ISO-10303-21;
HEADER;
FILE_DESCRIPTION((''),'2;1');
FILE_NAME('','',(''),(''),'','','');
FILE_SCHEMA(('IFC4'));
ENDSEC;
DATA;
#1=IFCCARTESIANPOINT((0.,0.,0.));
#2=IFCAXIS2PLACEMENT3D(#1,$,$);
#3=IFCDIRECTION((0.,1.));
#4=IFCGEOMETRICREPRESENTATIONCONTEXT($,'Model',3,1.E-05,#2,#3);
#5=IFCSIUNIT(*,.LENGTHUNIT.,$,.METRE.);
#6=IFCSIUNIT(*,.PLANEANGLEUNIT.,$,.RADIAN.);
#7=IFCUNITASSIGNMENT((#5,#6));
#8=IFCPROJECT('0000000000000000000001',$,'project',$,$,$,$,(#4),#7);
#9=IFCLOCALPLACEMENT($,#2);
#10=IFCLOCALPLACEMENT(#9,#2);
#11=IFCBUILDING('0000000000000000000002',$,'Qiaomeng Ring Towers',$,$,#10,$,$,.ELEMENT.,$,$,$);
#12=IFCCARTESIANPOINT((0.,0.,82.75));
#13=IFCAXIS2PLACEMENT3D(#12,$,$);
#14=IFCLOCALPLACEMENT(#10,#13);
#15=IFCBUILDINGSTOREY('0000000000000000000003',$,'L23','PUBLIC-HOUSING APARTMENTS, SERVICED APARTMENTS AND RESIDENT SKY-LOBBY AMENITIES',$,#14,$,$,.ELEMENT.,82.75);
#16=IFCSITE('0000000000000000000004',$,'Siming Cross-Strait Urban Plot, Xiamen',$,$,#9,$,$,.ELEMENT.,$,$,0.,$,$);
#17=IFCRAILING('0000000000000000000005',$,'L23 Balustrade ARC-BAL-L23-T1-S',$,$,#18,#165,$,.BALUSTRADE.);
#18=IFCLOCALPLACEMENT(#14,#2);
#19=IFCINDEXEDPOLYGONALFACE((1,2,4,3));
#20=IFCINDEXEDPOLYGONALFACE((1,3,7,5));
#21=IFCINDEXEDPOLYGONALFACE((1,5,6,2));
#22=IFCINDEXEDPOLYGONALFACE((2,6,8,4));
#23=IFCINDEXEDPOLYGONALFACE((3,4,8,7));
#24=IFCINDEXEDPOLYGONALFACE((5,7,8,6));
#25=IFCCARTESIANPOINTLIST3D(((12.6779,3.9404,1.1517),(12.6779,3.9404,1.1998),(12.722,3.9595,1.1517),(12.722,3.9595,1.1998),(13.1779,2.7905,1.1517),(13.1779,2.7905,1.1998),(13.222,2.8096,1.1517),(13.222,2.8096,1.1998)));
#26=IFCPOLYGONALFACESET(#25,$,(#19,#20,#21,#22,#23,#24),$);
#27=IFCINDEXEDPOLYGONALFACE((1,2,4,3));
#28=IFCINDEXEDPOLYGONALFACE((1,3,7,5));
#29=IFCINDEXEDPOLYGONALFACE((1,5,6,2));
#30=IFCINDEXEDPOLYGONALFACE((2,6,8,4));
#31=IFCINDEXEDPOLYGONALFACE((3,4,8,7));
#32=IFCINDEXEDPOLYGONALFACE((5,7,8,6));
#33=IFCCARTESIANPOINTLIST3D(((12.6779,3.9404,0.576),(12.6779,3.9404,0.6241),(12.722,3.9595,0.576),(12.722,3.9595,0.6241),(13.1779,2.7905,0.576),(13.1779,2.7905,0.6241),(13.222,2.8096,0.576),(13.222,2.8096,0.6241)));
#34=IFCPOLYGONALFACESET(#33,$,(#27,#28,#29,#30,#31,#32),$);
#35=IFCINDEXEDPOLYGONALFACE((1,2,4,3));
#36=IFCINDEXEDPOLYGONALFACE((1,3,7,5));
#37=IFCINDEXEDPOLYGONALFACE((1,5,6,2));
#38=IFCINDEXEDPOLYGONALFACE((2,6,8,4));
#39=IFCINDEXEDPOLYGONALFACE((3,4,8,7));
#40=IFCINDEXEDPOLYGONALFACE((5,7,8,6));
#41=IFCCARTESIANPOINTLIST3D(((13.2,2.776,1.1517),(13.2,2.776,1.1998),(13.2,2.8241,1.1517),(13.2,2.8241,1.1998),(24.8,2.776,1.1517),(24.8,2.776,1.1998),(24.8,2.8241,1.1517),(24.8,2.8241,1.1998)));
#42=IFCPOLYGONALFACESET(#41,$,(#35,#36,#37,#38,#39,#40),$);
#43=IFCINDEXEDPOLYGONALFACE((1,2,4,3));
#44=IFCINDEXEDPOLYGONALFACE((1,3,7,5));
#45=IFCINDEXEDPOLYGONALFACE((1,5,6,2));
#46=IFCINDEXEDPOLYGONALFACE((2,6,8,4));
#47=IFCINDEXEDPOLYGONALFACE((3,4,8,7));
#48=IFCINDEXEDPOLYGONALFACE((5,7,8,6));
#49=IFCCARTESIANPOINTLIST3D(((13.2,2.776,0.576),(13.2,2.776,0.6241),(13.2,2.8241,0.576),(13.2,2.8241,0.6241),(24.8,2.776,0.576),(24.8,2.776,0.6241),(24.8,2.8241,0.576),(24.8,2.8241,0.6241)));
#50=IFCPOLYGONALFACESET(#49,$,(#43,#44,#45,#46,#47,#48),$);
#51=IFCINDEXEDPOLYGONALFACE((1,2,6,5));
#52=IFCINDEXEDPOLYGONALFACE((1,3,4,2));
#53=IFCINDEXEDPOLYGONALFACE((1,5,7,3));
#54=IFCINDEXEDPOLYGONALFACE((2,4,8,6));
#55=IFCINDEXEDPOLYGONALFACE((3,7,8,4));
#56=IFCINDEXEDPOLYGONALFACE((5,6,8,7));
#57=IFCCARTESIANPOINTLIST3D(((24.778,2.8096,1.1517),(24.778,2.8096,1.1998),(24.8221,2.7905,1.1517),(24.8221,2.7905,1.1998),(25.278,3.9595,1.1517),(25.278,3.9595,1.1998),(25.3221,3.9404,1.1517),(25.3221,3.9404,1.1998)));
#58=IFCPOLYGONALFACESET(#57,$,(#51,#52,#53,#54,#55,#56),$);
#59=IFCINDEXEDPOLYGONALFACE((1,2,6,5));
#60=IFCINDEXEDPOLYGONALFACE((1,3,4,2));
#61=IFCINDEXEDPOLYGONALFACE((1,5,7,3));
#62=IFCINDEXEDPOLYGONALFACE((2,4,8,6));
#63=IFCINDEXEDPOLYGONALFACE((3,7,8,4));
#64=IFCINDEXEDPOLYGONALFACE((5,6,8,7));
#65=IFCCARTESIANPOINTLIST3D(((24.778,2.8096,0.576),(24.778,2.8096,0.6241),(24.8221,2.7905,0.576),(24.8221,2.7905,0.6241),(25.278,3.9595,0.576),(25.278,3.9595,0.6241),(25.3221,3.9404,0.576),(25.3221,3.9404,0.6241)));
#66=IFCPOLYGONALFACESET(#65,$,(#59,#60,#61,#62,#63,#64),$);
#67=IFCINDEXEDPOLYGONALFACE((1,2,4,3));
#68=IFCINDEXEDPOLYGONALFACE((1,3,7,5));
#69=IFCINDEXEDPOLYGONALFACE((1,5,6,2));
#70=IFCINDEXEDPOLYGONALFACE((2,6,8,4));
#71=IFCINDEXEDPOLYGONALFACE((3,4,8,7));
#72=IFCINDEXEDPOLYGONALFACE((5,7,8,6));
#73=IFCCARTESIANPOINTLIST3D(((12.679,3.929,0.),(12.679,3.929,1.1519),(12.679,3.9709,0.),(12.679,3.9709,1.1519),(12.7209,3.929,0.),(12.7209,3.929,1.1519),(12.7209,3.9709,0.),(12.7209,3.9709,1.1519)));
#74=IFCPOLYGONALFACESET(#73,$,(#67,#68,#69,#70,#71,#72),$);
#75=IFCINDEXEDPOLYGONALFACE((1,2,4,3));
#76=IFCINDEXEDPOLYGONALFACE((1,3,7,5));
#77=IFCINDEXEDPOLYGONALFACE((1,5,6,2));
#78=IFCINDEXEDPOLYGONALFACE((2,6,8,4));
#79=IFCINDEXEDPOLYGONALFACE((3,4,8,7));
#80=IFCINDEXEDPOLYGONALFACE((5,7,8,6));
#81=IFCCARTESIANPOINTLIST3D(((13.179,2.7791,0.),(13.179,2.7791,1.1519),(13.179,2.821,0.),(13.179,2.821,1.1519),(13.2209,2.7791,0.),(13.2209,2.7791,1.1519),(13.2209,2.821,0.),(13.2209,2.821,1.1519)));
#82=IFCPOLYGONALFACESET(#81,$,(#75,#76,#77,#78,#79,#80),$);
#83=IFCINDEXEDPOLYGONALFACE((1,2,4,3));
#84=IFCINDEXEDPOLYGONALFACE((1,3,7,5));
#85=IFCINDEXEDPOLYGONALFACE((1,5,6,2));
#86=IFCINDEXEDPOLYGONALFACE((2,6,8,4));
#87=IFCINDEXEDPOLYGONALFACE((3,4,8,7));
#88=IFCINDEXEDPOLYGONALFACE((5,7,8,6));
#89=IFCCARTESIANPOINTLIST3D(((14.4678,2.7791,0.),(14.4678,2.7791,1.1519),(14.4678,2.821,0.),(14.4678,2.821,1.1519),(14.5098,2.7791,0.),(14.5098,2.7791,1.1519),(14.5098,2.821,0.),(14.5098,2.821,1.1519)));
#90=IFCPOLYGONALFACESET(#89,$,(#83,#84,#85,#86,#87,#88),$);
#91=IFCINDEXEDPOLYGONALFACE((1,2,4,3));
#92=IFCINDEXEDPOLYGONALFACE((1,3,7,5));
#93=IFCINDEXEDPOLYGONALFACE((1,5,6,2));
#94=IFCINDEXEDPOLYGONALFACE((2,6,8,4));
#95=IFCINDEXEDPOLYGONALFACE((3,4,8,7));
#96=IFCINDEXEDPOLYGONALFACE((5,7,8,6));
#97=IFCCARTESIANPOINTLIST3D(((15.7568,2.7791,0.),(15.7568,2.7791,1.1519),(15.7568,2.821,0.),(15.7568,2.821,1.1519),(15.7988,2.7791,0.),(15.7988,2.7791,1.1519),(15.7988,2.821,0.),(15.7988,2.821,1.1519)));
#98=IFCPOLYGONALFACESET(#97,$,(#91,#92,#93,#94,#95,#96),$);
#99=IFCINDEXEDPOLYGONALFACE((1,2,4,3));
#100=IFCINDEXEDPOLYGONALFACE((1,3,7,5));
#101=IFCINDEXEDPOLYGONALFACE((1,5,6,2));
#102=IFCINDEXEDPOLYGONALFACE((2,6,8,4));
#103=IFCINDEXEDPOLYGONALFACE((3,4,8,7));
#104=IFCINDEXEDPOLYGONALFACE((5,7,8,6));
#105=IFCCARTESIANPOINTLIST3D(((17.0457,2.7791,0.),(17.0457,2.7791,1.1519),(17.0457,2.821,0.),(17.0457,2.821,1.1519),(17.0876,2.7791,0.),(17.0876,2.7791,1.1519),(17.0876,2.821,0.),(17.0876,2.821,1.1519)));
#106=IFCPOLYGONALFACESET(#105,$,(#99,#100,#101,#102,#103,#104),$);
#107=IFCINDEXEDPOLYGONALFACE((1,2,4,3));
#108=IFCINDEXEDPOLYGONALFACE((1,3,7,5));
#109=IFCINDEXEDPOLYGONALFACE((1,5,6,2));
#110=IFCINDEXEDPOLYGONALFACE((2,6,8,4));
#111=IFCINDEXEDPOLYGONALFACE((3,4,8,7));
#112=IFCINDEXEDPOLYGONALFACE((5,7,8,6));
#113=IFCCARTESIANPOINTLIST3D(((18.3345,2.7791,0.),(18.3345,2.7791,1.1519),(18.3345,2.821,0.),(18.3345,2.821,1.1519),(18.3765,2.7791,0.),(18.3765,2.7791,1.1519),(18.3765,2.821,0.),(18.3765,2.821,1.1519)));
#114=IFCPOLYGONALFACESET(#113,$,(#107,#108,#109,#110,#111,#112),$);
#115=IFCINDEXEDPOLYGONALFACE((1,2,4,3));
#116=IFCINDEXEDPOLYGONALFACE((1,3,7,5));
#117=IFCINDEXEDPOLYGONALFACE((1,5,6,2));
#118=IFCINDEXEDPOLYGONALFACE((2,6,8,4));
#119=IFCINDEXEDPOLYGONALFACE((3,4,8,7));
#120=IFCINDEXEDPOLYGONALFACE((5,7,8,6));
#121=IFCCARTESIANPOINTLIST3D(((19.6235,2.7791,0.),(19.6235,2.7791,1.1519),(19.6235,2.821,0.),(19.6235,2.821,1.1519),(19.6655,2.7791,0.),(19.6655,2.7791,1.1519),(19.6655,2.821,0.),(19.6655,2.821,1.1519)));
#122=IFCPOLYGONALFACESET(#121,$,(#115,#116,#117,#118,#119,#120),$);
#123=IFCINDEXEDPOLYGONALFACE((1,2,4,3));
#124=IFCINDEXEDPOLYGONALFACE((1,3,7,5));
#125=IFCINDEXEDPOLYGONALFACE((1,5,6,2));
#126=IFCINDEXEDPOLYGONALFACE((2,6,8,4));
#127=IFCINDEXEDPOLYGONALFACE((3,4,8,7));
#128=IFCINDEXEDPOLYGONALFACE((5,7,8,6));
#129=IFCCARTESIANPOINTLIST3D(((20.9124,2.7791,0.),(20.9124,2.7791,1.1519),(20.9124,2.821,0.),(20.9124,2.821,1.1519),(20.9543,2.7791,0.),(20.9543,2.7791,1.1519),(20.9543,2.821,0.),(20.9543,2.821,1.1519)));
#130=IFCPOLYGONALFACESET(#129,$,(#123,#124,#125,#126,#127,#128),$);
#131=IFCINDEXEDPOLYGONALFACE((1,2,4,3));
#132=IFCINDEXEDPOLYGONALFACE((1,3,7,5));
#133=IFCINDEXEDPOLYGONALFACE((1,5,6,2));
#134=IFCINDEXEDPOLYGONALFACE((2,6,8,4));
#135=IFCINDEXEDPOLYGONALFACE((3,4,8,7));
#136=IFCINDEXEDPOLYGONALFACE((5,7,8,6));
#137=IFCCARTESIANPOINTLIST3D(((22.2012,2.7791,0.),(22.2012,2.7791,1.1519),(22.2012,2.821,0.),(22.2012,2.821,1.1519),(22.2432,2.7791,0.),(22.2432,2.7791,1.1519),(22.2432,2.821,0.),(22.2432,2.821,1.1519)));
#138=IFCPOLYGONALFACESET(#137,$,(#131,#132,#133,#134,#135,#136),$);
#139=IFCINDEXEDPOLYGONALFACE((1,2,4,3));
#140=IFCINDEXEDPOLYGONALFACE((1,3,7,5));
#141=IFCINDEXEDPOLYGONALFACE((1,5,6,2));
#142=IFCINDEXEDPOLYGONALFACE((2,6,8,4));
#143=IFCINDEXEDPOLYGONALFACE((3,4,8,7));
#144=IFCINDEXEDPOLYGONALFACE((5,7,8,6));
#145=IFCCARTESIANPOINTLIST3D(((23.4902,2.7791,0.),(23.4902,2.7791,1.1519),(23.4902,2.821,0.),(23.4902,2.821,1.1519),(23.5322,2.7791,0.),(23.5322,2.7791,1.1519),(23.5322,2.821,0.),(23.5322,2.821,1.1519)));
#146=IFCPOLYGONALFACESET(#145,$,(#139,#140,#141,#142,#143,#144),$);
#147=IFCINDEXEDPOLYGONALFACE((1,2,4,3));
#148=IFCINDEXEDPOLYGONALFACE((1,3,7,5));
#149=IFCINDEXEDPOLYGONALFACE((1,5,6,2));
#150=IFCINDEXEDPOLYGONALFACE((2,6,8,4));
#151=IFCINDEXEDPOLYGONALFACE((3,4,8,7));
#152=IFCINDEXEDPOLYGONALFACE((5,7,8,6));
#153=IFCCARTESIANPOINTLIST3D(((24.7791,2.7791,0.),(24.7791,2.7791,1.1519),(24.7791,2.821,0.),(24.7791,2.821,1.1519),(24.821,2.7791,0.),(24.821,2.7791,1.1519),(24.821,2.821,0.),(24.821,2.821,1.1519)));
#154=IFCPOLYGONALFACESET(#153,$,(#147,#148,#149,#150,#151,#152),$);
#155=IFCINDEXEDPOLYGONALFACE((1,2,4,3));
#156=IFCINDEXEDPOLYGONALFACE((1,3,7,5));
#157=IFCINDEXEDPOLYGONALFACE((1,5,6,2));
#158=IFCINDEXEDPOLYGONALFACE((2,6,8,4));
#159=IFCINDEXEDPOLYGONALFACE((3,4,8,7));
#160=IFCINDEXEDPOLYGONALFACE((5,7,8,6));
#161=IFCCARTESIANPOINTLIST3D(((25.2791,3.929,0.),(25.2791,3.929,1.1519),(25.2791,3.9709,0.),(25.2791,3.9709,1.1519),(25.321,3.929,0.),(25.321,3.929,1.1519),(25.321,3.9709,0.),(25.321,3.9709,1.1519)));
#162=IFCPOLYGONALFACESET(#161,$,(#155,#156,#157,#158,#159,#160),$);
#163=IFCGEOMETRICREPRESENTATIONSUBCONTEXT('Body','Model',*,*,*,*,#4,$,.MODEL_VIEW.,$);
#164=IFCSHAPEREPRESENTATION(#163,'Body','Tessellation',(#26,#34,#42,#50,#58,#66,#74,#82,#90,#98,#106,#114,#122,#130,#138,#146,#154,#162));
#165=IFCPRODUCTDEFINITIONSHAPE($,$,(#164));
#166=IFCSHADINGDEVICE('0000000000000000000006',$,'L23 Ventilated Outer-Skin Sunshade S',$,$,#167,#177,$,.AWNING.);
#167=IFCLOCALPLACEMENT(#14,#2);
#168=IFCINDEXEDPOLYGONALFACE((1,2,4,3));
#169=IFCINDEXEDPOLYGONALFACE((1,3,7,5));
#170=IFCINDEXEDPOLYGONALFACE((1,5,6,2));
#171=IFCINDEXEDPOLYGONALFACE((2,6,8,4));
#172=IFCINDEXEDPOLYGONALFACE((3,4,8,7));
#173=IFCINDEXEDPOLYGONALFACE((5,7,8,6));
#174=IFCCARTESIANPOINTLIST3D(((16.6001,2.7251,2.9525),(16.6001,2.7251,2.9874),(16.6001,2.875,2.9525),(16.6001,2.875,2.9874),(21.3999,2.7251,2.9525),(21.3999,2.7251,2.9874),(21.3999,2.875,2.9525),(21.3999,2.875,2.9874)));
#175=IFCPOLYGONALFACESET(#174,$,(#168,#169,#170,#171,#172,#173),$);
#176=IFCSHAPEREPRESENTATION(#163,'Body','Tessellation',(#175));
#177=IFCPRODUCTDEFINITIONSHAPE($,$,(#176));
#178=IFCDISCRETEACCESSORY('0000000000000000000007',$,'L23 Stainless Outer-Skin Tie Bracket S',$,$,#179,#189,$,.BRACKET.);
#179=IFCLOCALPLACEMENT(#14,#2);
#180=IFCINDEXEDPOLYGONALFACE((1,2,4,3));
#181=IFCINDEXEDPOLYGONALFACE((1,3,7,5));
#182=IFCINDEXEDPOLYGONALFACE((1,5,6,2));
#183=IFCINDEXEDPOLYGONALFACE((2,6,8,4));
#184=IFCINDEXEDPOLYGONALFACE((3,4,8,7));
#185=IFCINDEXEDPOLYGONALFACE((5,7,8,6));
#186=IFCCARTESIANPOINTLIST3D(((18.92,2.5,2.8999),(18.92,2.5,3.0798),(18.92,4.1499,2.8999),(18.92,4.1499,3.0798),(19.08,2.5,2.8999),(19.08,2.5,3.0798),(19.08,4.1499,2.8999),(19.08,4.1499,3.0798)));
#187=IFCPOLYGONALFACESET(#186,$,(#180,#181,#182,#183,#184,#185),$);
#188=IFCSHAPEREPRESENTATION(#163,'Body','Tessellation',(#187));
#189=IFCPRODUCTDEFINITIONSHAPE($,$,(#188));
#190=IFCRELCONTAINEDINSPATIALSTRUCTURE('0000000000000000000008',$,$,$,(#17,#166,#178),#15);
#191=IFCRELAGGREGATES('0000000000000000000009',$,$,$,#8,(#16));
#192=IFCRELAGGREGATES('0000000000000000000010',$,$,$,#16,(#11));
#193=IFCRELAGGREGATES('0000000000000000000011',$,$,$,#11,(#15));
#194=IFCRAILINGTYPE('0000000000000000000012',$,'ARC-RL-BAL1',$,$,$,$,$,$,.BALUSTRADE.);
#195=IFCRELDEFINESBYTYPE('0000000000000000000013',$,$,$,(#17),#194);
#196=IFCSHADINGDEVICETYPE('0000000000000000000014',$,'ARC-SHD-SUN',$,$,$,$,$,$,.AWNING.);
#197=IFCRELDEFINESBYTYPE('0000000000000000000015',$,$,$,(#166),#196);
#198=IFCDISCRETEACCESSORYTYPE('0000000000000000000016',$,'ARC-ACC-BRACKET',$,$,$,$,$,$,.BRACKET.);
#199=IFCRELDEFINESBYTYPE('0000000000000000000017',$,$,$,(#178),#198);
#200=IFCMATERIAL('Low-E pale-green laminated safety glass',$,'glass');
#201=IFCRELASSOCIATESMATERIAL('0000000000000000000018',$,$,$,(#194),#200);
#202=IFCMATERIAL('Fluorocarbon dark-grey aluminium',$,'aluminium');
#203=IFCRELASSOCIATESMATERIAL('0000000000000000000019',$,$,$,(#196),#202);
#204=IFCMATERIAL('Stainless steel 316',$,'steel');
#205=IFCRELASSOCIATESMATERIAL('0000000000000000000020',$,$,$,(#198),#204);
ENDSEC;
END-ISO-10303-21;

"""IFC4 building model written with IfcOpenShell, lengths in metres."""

from ifc_helpers import new_model, si_unit, direction, frame, origin, origin_2d, place, context, subcontext, project, spatial, rectangle, extrude, source, transform, mapped, material, material_profile, profile_set, type_object, element, save


model = new_model("IFC4")

# Units and contexts
model_context = context("Model", 3, precision=1e-05, world=origin(), true_north=direction((0.0, 1.0)))
body_context = subcontext(model_context, "Body", "Model", "MODEL_VIEW")
ifc_project = project(units=[si_unit("LENGTHUNIT", "METRE"), si_unit("PLANEANGLEUNIT", "RADIAN")], contexts=[model_context])

# Site, building, storey
site_placement = place(None, origin())
site = spatial("IfcSite", under=ifc_project, at=site_placement, Name="Siming Cross-Strait Urban Plot, Xiamen", CompositionType="ELEMENT", RefElevation=0.0)
building_placement = place(site_placement, origin())
building = spatial("IfcBuilding", under=site, at=building_placement, Name="Qiaomeng Ring Towers", CompositionType="ELEMENT")
storey_placement = place(building_placement, frame((0.0, 0.0, 82.75)))
storey = spatial("IfcBuildingStorey", under=building, at=storey_placement, Name="L23", Description="PUBLIC-HOUSING APARTMENTS, SERVICED APARTMENTS AND RESIDENT SKY-LOBBY AMENITIES", CompositionType="ELEMENT", Elevation=82.75)

# Shared definitions
ifc_material_1 = material(Name="Stainless steel 316", Category="steel")

# Railing
ifc_material_2 = material(Name="Low-E pale-green laminated safety glass", Category="glass")
railing_type = type_object("IfcRailingType", Name="ARC-RL-BAL1", PredefinedType="BALUSTRADE", material=ifc_material_2)
railing_placement = place(storey_placement, frame((12.7, 3.95, 0.0)))
element("IfcRailing", 1, at=railing_placement, inside=storey, type_object=railing_type, Name="L23 Balustrade ARC-BAL-L23-T1-S", PredefinedType="BALUSTRADE", context=body_context, shape_type="SweptSolid", body=[
    extrude(rectangle(XDim=0.0481, YDim=0.0481, at=origin_2d()), frame((0.0, 0.0, 1.1758), z_axis=(0.398755, -0.917058, 0.0), x_axis=(0.917058, 0.398755, 0.0)), (0.0, 0.0, 1.0), 1.2539),
    extrude(rectangle(XDim=0.0481, YDim=0.0481, at=origin_2d()), frame((0.0, 0.0, 0.6001), z_axis=(0.398755, -0.917058, 0.0), x_axis=(0.917058, 0.398755, 0.0)), (0.0, 0.0, 1.0), 1.2539),
    extrude(rectangle(XDim=0.0481, YDim=0.0481, at=origin_2d()), frame((0.5, -1.1499, 1.1758), z_axis=(1.0, 0.0, 0.0), x_axis=(0.0, 1.0, 0.0)), (0.0, 0.0, 1.0), 11.6001),
    extrude(rectangle(XDim=0.0481, YDim=0.0481, at=origin_2d()), frame((0.5, -1.1499, 0.6001), z_axis=(1.0, 0.0, 0.0), x_axis=(0.0, 1.0, 0.0)), (0.0, 0.0, 1.0), 11.6001),
    extrude(rectangle(XDim=0.0481, YDim=0.0481, at=origin_2d()), frame((12.1001, -1.1499, 1.1758), z_axis=(0.398755, 0.917058, 0.0), x_axis=(-0.917058, 0.398755, 0.0)), (0.0, 0.0, 1.0), 1.2539),
    extrude(rectangle(XDim=0.0481, YDim=0.0481, at=origin_2d()), frame((12.1001, -1.1499, 0.6001), z_axis=(0.398755, 0.917058, 0.0), x_axis=(-0.917058, 0.398755, 0.0)), (0.0, 0.0, 1.0), 1.2539),
    extrude(rectangle(XDim=0.042, YDim=0.042, at=origin_2d()), origin(), (0.0, 0.0, 1.0), 1.1519),
    extrude(rectangle(XDim=0.042, YDim=0.042, at=origin_2d()), frame((0.5, -1.1499, 0.0)), (0.0, 0.0, 1.0), 1.1519),
    extrude(rectangle(XDim=0.042, YDim=0.042, at=origin_2d()), frame((1.7888, -1.1499, 0.0)), (0.0, 0.0, 1.0), 1.1519),
    extrude(rectangle(XDim=0.042, YDim=0.042, at=origin_2d()), frame((3.0779, -1.1499, 0.0)), (0.0, 0.0, 1.0), 1.1519),
    extrude(rectangle(XDim=0.042, YDim=0.042, at=origin_2d()), frame((4.3667, -1.1499, 0.0)), (0.0, 0.0, 1.0), 1.1519),
    extrude(rectangle(XDim=0.042, YDim=0.042, at=origin_2d()), frame((5.6555, -1.1499, 0.0)), (0.0, 0.0, 1.0), 1.1519),
    extrude(rectangle(XDim=0.042, YDim=0.042, at=origin_2d()), frame((6.9446, -1.1499, 0.0)), (0.0, 0.0, 1.0), 1.1519),
    extrude(rectangle(XDim=0.042, YDim=0.042, at=origin_2d()), frame((8.2334, -1.1499, 0.0)), (0.0, 0.0, 1.0), 1.1519),
    extrude(rectangle(XDim=0.042, YDim=0.042, at=origin_2d()), frame((9.5222, -1.1499, 0.0)), (0.0, 0.0, 1.0), 1.1519),
    extrude(rectangle(XDim=0.042, YDim=0.042, at=origin_2d()), frame((10.8113, -1.1499, 0.0)), (0.0, 0.0, 1.0), 1.1519),
    extrude(rectangle(XDim=0.042, YDim=0.042, at=origin_2d()), frame((12.1001, -1.1499, 0.0)), (0.0, 0.0, 1.0), 1.1519),
    extrude(rectangle(XDim=0.042, YDim=0.042, at=origin_2d()), frame((12.6001, 0.0, 0.0)), (0.0, 0.0, 1.0), 1.1519),
])

# Shading device
ifc_material_3 = material(Name="Fluorocarbon dark-grey aluminium", Category="aluminium")
ifc_material_profile_1 = material_profile(ifc_material_3, rectangle(XDim=0.1499, YDim=0.0349, at=origin_2d()), Name="LV BLADE 150x35")
ifc_profile_set_1 = profile_set([ifc_material_profile_1], Name="Fluorocarbon dark-grey aluminium")
shading_device_type = type_object("IfcShadingDeviceType", Name="ARC-SHD-SUN", PredefinedType="AWNING", material=ifc_profile_set_1)
shared_shape_1 = source(origin(), body_context, "Body", "SweptSolid", [
    extrude(rectangle(XDim=0.1499, YDim=0.0349, at=origin_2d()), origin(), (0.0, 0.0, 1.0), 4.7998),
])
shading_device_placement = place(storey_placement, frame((16.6001, 2.8, 2.97), z_axis=(1.0, 0.0, 0.0), x_axis=(0.0, 1.0, 0.0)))
element("IfcShadingDevice", 2, at=shading_device_placement, inside=storey, type_object=shading_device_type, Name="L23 Ventilated Outer-Skin Sunshade S", PredefinedType="AWNING", context=body_context, shape_type="MappedRepresentation", body=[
    mapped(shared_shape_1, transform((0.0, 0.0, 0.0), x_axis=(1.0, 0.0, 0.0), y_axis=(0.0, 1.0, 0.0), z_axis=(0.0, 0.0, 1.0), scale=1.0)),
])

# Discrete accessory
discrete_accessory_type = type_object("IfcDiscreteAccessoryType", Name="ARC-ACC-BRACKET", PredefinedType="BRACKET", material=ifc_material_1)
shared_shape_2 = source(origin(), body_context, "Body", "SweptSolid", [
    extrude(rectangle(XDim=0.1599, YDim=1.6499, at=origin_2d()), origin(), (0.0, 0.0, 1.0), 0.1799),
])
discrete_accessory_placement = place(storey_placement, frame((19.0, 3.325, 2.8999), z_axis=(0.0, 0.0, 1.0), x_axis=(1.0, 0.0, 0.0)))
element("IfcDiscreteAccessory", 3, at=discrete_accessory_placement, inside=storey, type_object=discrete_accessory_type, Name="L23 Stainless Outer-Skin Tie Bracket S", PredefinedType="BRACKET", context=body_context, shape_type="MappedRepresentation", body=[
    mapped(shared_shape_2, transform((0.0, 0.0, 0.0), x_axis=(1.0, 0.0, 0.0), y_axis=(0.0, 1.0, 0.0), z_axis=(0.0, 0.0, 1.0), scale=1.0)),
])

save(model, "model.ifc")
